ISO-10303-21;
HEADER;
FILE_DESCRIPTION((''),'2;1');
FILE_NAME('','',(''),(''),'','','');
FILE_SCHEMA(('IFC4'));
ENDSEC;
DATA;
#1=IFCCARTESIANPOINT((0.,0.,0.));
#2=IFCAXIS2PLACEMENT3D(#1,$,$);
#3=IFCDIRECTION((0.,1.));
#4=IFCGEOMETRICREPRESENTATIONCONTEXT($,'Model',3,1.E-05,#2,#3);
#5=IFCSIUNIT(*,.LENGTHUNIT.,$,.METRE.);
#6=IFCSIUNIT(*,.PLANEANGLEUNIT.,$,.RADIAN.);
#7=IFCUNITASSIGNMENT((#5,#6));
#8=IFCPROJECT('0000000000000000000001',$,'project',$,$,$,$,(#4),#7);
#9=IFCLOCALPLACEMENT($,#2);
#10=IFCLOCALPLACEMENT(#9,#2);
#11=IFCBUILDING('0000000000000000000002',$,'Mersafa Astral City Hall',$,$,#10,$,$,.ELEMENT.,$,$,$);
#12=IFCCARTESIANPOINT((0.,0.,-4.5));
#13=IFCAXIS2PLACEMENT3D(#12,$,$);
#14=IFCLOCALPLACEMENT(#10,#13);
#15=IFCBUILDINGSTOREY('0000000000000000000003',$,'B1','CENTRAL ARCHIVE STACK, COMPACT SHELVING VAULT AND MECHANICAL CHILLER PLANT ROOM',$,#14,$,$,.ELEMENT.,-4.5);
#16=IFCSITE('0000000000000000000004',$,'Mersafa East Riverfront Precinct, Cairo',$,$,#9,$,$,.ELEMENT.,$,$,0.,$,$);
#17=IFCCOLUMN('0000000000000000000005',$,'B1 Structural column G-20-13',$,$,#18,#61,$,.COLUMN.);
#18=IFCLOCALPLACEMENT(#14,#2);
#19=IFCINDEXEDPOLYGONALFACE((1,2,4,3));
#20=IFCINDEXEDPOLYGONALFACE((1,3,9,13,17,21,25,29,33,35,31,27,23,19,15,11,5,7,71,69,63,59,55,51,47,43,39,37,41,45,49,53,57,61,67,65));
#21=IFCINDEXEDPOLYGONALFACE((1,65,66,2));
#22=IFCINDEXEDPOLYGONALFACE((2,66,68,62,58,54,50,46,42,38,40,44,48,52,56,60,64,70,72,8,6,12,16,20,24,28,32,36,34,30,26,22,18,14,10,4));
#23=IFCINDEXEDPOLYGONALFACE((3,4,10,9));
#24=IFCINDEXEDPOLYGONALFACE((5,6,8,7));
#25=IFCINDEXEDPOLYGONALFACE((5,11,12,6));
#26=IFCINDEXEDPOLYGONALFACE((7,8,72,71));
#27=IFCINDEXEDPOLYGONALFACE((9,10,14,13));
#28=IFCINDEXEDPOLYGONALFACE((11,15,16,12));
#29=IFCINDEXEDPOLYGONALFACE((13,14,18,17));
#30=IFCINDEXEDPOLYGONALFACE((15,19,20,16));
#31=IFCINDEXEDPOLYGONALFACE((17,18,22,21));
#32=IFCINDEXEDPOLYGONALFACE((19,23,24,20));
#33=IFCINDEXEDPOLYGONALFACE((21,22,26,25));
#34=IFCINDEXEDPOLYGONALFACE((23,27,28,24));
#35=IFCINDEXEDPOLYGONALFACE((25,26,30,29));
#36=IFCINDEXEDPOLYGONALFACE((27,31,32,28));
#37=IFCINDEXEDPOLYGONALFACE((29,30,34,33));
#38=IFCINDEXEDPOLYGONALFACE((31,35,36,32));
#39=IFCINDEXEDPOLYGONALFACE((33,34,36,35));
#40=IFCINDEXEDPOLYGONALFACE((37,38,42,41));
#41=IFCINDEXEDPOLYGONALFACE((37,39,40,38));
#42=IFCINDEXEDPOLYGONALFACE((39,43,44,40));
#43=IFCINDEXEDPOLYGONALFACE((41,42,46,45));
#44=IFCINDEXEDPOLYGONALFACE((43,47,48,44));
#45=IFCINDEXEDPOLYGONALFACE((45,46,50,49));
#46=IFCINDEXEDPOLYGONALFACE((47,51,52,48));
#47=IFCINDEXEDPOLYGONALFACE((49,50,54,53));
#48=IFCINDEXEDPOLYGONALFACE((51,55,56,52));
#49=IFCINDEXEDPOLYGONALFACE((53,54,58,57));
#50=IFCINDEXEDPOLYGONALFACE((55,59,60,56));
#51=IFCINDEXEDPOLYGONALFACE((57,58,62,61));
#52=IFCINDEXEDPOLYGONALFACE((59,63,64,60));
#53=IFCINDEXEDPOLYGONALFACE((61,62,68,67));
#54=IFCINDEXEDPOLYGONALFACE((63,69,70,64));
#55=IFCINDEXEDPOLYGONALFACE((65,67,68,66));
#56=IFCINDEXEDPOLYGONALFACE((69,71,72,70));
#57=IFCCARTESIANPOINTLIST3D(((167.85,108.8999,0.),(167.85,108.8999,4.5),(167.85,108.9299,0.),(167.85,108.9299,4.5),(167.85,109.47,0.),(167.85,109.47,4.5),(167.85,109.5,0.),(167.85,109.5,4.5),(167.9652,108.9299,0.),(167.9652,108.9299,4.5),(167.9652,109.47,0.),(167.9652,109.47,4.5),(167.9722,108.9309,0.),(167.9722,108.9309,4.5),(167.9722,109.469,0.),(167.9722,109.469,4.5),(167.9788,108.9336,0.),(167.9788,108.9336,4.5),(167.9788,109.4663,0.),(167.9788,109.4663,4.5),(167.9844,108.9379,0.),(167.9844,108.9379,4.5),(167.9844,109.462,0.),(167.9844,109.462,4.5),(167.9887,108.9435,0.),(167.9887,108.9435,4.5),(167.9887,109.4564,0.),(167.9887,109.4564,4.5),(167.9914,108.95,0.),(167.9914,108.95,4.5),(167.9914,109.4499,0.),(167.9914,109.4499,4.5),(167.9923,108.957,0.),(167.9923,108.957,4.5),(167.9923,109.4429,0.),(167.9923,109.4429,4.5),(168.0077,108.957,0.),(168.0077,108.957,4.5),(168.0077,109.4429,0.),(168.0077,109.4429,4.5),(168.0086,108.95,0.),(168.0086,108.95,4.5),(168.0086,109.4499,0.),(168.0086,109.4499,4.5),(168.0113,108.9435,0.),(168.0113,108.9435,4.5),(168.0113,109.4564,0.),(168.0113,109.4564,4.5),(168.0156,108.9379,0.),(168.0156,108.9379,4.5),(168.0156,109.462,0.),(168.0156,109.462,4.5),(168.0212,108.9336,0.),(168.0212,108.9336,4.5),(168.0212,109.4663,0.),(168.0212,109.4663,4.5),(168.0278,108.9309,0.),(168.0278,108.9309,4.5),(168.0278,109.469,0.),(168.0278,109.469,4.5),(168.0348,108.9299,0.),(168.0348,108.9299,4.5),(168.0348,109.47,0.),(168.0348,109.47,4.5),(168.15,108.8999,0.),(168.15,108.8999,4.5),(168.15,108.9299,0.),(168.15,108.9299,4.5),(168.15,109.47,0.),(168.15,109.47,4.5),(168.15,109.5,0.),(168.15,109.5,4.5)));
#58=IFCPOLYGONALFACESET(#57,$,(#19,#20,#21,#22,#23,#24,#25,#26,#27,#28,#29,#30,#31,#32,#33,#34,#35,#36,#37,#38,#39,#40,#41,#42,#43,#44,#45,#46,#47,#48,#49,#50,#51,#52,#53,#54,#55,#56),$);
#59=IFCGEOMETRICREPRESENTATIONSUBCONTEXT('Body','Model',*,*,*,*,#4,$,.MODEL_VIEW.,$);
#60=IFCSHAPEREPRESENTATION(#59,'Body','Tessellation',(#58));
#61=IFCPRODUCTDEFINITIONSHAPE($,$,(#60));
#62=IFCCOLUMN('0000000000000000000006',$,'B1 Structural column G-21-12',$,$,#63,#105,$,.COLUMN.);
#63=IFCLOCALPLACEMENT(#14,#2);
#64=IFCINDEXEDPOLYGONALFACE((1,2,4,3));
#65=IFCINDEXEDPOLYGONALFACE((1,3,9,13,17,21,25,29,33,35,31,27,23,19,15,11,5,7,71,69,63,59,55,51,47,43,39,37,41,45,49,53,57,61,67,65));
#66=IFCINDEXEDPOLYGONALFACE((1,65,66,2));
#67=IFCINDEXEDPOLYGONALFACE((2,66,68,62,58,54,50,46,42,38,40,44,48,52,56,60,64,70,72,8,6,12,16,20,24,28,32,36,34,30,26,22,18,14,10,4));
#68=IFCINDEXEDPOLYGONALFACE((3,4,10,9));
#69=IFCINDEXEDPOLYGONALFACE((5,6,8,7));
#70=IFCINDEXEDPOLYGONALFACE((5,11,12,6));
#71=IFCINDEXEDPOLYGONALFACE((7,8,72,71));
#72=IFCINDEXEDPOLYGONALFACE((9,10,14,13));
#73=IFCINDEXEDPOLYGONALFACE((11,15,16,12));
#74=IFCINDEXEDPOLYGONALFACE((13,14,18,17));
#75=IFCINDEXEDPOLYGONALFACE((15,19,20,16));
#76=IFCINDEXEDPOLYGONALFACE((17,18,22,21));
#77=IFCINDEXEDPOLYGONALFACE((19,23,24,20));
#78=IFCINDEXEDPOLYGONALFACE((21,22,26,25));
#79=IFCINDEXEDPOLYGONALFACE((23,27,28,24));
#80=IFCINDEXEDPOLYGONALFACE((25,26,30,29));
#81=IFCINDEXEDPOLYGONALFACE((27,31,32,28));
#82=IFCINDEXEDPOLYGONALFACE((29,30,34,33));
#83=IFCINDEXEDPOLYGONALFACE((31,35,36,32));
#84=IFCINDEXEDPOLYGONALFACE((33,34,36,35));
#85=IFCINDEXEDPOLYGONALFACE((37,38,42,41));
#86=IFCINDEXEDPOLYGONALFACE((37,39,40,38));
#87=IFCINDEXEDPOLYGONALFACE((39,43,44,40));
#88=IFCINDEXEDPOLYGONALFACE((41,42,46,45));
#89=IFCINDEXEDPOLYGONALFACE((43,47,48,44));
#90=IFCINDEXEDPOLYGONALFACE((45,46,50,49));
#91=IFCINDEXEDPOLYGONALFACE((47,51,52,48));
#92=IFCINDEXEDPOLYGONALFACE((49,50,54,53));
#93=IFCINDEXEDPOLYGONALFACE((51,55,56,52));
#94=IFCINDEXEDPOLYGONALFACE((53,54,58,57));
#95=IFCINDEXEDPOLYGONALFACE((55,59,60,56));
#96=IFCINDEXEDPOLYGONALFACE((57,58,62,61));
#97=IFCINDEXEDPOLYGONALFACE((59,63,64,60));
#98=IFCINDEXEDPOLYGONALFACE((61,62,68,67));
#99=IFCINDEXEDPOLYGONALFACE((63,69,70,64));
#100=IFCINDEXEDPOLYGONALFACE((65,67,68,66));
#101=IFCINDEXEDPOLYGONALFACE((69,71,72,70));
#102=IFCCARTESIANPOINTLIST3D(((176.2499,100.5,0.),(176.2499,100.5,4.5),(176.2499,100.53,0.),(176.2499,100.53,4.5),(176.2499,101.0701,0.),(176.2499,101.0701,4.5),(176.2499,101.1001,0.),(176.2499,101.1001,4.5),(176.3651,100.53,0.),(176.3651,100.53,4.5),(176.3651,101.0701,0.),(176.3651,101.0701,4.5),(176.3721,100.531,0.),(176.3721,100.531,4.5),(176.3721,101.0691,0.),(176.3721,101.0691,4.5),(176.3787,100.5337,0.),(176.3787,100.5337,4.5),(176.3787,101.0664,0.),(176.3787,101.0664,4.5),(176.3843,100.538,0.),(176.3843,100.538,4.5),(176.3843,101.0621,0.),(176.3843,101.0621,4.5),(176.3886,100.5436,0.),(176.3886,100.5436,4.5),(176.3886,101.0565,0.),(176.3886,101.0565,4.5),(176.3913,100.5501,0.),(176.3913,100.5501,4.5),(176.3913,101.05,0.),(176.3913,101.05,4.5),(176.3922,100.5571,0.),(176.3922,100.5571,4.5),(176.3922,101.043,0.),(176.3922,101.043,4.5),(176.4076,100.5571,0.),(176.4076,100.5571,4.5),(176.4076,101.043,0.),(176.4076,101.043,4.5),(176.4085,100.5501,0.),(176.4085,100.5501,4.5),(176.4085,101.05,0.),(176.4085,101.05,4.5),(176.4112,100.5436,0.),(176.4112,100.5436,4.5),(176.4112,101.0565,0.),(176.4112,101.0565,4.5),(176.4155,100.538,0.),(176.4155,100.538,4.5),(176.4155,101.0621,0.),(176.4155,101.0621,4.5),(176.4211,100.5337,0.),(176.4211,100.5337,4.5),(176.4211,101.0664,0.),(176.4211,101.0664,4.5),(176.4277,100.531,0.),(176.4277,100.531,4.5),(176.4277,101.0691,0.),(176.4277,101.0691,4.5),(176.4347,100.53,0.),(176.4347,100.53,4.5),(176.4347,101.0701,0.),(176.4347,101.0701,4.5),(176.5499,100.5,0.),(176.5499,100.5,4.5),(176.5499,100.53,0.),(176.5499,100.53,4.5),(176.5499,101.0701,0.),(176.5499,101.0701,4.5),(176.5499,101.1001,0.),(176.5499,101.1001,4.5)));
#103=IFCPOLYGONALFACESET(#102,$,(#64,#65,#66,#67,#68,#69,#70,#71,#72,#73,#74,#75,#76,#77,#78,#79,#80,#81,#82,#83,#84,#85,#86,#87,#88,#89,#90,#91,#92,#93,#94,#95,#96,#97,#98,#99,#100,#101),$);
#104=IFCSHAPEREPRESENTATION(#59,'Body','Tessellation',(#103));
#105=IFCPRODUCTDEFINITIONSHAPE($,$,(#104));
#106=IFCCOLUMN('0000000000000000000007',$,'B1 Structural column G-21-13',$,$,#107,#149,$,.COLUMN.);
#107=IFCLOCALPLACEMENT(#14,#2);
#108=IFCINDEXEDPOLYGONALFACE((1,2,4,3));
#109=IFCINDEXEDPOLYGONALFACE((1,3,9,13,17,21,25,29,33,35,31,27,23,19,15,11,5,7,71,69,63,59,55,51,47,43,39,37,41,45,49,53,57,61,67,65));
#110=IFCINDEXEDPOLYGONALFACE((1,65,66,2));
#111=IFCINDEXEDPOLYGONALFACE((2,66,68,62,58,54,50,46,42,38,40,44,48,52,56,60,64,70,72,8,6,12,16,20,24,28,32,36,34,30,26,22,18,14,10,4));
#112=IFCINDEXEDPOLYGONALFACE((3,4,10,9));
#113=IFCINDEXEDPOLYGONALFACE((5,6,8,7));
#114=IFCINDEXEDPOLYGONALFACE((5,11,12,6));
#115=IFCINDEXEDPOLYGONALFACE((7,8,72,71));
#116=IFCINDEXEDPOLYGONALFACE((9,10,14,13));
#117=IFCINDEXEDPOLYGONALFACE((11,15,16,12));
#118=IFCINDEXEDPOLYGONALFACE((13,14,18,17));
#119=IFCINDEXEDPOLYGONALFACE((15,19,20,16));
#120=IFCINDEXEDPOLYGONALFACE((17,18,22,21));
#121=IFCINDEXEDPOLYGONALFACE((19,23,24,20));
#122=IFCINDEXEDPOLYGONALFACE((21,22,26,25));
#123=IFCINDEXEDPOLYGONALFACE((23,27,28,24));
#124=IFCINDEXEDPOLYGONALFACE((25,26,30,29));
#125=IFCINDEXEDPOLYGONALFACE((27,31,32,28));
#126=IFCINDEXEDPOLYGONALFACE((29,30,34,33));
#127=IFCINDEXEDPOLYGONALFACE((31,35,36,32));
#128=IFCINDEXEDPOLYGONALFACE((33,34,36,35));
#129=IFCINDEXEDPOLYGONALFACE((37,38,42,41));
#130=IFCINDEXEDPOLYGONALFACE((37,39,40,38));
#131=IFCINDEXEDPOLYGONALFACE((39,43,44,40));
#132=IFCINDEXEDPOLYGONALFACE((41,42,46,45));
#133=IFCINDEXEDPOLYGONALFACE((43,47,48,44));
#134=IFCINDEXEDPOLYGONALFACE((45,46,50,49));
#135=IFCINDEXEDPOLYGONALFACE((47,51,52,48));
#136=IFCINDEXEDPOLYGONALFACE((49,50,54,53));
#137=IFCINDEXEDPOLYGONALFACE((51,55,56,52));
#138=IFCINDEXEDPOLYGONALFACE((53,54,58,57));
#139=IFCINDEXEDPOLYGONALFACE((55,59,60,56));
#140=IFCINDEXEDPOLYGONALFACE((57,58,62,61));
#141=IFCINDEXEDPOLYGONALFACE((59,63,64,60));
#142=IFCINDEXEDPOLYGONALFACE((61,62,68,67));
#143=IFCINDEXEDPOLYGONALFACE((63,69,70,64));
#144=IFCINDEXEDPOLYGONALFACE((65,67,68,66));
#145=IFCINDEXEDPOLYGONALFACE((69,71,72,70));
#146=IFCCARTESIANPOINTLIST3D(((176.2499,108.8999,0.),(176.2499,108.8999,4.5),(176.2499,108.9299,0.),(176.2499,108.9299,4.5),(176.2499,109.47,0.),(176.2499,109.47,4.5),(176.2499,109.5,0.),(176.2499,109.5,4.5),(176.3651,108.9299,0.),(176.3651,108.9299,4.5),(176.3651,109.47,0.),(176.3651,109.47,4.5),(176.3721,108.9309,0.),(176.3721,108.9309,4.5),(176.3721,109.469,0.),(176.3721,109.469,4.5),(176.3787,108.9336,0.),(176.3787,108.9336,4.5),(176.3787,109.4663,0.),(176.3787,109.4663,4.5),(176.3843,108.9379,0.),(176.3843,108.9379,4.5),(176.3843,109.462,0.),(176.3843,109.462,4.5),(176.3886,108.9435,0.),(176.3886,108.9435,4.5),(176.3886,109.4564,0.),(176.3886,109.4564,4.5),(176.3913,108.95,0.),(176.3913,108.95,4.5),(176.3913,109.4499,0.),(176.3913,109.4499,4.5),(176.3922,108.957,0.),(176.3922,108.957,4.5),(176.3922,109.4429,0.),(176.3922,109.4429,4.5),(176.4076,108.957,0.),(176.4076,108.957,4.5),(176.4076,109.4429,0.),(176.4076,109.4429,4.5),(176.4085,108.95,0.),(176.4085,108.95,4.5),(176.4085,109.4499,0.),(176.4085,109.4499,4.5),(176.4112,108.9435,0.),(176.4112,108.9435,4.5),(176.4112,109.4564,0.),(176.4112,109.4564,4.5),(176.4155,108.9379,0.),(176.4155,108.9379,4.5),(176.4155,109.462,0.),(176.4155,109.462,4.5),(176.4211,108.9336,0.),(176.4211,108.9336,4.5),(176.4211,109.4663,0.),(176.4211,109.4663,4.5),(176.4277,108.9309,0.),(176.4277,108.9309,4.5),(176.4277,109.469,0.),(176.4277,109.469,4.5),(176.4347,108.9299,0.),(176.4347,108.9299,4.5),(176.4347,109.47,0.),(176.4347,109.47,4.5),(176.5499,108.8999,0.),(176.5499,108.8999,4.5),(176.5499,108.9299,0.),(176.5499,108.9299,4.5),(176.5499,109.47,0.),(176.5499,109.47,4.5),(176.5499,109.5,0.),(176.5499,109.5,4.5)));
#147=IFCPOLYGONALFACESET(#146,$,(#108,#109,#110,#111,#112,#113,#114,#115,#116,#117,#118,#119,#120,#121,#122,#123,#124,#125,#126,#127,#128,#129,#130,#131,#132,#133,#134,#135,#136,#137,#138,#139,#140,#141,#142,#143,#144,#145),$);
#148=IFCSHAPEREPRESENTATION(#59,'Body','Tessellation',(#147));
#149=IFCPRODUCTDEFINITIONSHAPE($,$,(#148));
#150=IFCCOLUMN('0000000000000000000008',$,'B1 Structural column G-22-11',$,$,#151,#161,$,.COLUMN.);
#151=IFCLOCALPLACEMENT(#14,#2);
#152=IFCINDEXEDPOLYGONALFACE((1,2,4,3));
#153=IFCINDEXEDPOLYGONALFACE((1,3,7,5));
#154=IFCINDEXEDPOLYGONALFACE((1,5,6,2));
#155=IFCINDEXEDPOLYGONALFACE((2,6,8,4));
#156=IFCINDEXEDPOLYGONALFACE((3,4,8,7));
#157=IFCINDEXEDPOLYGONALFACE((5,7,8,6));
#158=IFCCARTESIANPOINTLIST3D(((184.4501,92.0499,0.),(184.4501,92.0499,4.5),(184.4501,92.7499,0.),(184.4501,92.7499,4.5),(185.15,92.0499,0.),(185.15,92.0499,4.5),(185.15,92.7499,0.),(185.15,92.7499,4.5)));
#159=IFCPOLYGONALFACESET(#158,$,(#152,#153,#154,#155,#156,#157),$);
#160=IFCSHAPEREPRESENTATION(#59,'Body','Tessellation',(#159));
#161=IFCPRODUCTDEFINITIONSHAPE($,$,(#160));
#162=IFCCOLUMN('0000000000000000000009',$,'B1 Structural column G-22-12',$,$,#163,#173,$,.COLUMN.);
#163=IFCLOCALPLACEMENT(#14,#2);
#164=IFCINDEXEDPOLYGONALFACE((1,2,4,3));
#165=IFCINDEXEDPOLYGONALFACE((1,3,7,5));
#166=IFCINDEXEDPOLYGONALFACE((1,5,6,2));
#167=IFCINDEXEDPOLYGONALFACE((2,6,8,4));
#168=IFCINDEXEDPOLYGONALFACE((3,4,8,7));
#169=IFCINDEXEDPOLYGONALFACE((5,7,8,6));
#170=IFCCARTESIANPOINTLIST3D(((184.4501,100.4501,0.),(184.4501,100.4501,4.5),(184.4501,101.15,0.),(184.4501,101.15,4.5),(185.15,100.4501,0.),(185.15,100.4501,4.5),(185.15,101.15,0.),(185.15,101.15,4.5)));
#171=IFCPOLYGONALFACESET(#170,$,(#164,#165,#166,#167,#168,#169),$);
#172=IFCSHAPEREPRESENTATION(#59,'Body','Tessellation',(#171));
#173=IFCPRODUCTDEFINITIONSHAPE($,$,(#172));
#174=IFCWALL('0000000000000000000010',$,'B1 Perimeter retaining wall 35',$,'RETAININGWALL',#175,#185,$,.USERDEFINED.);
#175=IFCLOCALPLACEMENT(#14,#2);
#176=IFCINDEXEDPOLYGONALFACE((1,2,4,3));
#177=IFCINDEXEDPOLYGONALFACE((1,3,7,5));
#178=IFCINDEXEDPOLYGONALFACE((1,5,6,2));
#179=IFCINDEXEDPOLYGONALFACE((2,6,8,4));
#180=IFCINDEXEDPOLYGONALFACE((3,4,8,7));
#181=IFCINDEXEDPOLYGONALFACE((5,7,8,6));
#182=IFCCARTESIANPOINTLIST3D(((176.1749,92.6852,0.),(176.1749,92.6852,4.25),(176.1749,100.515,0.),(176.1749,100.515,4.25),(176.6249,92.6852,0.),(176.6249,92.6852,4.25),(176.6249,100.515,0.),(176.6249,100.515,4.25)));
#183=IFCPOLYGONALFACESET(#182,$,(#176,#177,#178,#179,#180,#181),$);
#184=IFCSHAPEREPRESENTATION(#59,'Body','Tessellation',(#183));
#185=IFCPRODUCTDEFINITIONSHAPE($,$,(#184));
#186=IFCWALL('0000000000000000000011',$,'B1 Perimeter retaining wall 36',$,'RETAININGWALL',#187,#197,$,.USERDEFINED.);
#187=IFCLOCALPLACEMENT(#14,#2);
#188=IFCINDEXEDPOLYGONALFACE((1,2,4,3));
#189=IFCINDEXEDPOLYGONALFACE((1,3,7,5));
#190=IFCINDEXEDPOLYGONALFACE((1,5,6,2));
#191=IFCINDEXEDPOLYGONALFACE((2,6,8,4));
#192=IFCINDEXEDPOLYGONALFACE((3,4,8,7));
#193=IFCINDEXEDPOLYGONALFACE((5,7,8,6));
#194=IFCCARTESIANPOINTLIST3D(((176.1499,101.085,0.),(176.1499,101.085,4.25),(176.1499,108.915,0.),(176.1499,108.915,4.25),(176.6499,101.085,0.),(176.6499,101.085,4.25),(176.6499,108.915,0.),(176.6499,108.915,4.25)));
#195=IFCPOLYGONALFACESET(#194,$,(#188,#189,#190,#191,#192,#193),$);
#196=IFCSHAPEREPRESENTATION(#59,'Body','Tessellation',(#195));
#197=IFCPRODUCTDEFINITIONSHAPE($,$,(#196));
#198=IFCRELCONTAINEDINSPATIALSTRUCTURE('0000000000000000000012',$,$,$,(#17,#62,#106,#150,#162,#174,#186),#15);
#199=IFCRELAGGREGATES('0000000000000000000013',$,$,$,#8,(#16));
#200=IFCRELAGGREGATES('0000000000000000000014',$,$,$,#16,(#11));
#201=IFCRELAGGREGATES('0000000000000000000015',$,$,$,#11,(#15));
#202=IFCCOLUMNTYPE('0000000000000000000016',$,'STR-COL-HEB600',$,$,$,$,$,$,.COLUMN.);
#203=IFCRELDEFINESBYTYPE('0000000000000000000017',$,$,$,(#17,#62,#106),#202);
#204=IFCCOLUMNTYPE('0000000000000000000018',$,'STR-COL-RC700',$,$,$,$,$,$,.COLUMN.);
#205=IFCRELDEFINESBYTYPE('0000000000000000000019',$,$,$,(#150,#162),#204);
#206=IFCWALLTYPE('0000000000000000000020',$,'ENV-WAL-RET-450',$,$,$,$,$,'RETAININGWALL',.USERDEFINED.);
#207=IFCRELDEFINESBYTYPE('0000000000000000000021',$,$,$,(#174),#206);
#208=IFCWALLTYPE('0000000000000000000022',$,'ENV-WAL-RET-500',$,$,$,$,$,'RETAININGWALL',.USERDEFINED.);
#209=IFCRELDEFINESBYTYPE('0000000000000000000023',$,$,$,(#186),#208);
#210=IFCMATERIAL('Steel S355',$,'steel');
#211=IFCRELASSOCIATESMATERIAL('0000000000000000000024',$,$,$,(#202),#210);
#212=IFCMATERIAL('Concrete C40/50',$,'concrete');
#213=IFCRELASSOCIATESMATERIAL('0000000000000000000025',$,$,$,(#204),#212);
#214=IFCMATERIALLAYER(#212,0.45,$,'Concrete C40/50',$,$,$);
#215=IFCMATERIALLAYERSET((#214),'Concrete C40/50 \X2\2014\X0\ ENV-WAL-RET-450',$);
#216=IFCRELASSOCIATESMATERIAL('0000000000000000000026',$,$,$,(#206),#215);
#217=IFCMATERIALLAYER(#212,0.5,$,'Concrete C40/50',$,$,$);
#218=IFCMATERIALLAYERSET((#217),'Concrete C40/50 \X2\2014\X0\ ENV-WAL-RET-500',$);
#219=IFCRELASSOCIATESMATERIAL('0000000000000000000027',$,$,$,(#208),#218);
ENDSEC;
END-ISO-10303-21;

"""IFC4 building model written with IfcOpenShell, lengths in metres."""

from ifc_helpers import new_model, si_unit, direction, frame, frame_2d, origin, origin_2d, place, context, subcontext, project, spatial, rectangle, i_section, extrude, material, layer, layer_set, material_profile, profile_set, type_object, element, save


model = new_model("IFC4")

# Units and contexts
model_context = context("Model", 3, precision=1e-05, world=origin(), true_north=direction((0.0, 1.0)))
body_context = subcontext(model_context, "Body", "Model", "MODEL_VIEW")
ifc_project = project(units=[si_unit("LENGTHUNIT", "METRE"), si_unit("PLANEANGLEUNIT", "RADIAN")], contexts=[model_context])

# Site, building, storey
site_placement = place(None, origin())
site = spatial("IfcSite", under=ifc_project, at=site_placement, Name="Mersafa East Riverfront Precinct, Cairo", CompositionType="ELEMENT", RefElevation=0.0)
building_placement = place(site_placement, origin())
building = spatial("IfcBuilding", under=site, at=building_placement, Name="Mersafa Astral City Hall", CompositionType="ELEMENT")
storey_placement = place(building_placement, frame((0.0, 0.0, -4.5)))
storey = spatial("IfcBuildingStorey", under=building, at=storey_placement, Name="B1", Description="CENTRAL ARCHIVE STACK, COMPACT SHELVING VAULT AND MECHANICAL CHILLER PLANT ROOM", CompositionType="ELEMENT", Elevation=-4.5)

# Shared definitions
ifc_material_1 = material(Name="Concrete C40/50", Category="concrete")

# Columns
ifc_material_2 = material(Name="Steel S355", Category="steel")
ifc_material_profile_1 = material_profile(ifc_material_2, i_section(OverallWidth=0.3, OverallDepth=0.6001, WebThickness=0.0154, FlangeThickness=0.03, FilletRadius=0.0271, at=origin_2d()), Name="HEB 600")
ifc_profile_set_1 = profile_set([ifc_material_profile_1], Name="Steel S355")
column_type_1 = type_object("IfcColumnType", Name="STR-COL-HEB600", PredefinedType="COLUMN", material=ifc_profile_set_1)
for number, where, z_axis, x_axis, name in (
    (1, (168.0, 109.2, 0.0), (0.0, 0.0, 1.0), (1.0, 0.0, 0.0), "B1 Structural column G-20-13"),
    (2, (176.3999, 100.8, 0.0), (0.0, 0.0, 1.0), (1.0, 0.0, 0.0), "B1 Structural column G-21-12"),
    (3, (176.3999, 109.2, 0.0), (0.0, 0.0, 1.0), (1.0, 0.0, 0.0), "B1 Structural column G-21-13"),
):
    element("IfcColumn", number, at=place(storey_placement, frame(where, z_axis=z_axis, x_axis=x_axis)), inside=storey, type_object=column_type_1, Name=name, PredefinedType="COLUMN", context=body_context, shape_type="SweptSolid", body=[
        extrude(i_section(OverallWidth=0.3, OverallDepth=0.6001, WebThickness=0.0154, FlangeThickness=0.03, FilletRadius=0.0271, at=origin_2d()), origin(), (0.0, 0.0, 1.0), 4.5),
    ])
ifc_material_profile_2 = material_profile(ifc_material_1, rectangle(XDim=0.7, YDim=0.7, at=origin_2d()), Name="RC 700x700")
ifc_profile_set_2 = profile_set([ifc_material_profile_2], Name="Concrete C40/50")
column_type_2 = type_object("IfcColumnType", Name="STR-COL-RC700", PredefinedType="COLUMN", material=ifc_profile_set_2)
for number, where, z_axis, x_axis, name in (
    (4, (184.8, 92.3999, 0.0), (0.0, 0.0, 1.0), (1.0, 0.0, 0.0), "B1 Structural column G-22-11"),
    (5, (184.8, 100.8, 0.0), (0.0, 0.0, 1.0), (1.0, 0.0, 0.0), "B1 Structural column G-22-12"),
):
    element("IfcColumn", number, at=place(storey_placement, frame(where, z_axis=z_axis, x_axis=x_axis)), inside=storey, type_object=column_type_2, Name=name, PredefinedType="COLUMN", context=body_context, shape_type="SweptSolid", body=[
        extrude(rectangle(XDim=0.7, YDim=0.7, at=origin_2d()), origin(), (0.0, 0.0, 1.0), 4.5),
    ])

# Walls
ifc_layer_1 = layer(ifc_material_1, 0.45, Name="Concrete C40/50")
ifc_layer_set_1 = layer_set([ifc_layer_1], Name="Concrete C40/50 — ENV-WAL-RET-450")
wall_type_1 = type_object("IfcWallType", Name="ENV-WAL-RET-450", ElementType="RETAININGWALL", PredefinedType="USERDEFINED", material=ifc_layer_set_1)
wall_1_placement = place(storey_placement, frame((176.3999, 92.6851, 0.0), z_axis=(0.0, 0.0, 1.0), x_axis=(0.0, 1.0, 0.0)))
element("IfcWall", 6, at=wall_1_placement, inside=storey, type_object=wall_type_1, Name="B1 Perimeter retaining wall 35", ObjectType="RETAININGWALL", PredefinedType="USERDEFINED", context=body_context, shape_type="SweptSolid", body=[
    extrude(rectangle(XDim=7.8298, YDim=0.45, at=frame_2d((3.915, 0.0))), origin(), (0.0, 0.0, 1.0), 4.25),
])
ifc_layer_2 = layer(ifc_material_1, 0.5, Name="Concrete C40/50")
ifc_layer_set_2 = layer_set([ifc_layer_2], Name="Concrete C40/50 — ENV-WAL-RET-500")
wall_type_2 = type_object("IfcWallType", Name="ENV-WAL-RET-500", ElementType="RETAININGWALL", PredefinedType="USERDEFINED", material=ifc_layer_set_2)
wall_2_placement = place(storey_placement, frame((176.3999, 101.085, 0.0), z_axis=(0.0, 0.0, 1.0), x_axis=(0.0, 1.0, 0.0)))
element("IfcWall", 7, at=wall_2_placement, inside=storey, type_object=wall_type_2, Name="B1 Perimeter retaining wall 36", ObjectType="RETAININGWALL", PredefinedType="USERDEFINED", context=body_context, shape_type="SweptSolid", body=[
    extrude(rectangle(XDim=7.8301, YDim=0.5, at=frame_2d((3.915, 0.0))), origin(), (0.0, 0.0, 1.0), 4.25),
])

save(model, "model.ifc")
